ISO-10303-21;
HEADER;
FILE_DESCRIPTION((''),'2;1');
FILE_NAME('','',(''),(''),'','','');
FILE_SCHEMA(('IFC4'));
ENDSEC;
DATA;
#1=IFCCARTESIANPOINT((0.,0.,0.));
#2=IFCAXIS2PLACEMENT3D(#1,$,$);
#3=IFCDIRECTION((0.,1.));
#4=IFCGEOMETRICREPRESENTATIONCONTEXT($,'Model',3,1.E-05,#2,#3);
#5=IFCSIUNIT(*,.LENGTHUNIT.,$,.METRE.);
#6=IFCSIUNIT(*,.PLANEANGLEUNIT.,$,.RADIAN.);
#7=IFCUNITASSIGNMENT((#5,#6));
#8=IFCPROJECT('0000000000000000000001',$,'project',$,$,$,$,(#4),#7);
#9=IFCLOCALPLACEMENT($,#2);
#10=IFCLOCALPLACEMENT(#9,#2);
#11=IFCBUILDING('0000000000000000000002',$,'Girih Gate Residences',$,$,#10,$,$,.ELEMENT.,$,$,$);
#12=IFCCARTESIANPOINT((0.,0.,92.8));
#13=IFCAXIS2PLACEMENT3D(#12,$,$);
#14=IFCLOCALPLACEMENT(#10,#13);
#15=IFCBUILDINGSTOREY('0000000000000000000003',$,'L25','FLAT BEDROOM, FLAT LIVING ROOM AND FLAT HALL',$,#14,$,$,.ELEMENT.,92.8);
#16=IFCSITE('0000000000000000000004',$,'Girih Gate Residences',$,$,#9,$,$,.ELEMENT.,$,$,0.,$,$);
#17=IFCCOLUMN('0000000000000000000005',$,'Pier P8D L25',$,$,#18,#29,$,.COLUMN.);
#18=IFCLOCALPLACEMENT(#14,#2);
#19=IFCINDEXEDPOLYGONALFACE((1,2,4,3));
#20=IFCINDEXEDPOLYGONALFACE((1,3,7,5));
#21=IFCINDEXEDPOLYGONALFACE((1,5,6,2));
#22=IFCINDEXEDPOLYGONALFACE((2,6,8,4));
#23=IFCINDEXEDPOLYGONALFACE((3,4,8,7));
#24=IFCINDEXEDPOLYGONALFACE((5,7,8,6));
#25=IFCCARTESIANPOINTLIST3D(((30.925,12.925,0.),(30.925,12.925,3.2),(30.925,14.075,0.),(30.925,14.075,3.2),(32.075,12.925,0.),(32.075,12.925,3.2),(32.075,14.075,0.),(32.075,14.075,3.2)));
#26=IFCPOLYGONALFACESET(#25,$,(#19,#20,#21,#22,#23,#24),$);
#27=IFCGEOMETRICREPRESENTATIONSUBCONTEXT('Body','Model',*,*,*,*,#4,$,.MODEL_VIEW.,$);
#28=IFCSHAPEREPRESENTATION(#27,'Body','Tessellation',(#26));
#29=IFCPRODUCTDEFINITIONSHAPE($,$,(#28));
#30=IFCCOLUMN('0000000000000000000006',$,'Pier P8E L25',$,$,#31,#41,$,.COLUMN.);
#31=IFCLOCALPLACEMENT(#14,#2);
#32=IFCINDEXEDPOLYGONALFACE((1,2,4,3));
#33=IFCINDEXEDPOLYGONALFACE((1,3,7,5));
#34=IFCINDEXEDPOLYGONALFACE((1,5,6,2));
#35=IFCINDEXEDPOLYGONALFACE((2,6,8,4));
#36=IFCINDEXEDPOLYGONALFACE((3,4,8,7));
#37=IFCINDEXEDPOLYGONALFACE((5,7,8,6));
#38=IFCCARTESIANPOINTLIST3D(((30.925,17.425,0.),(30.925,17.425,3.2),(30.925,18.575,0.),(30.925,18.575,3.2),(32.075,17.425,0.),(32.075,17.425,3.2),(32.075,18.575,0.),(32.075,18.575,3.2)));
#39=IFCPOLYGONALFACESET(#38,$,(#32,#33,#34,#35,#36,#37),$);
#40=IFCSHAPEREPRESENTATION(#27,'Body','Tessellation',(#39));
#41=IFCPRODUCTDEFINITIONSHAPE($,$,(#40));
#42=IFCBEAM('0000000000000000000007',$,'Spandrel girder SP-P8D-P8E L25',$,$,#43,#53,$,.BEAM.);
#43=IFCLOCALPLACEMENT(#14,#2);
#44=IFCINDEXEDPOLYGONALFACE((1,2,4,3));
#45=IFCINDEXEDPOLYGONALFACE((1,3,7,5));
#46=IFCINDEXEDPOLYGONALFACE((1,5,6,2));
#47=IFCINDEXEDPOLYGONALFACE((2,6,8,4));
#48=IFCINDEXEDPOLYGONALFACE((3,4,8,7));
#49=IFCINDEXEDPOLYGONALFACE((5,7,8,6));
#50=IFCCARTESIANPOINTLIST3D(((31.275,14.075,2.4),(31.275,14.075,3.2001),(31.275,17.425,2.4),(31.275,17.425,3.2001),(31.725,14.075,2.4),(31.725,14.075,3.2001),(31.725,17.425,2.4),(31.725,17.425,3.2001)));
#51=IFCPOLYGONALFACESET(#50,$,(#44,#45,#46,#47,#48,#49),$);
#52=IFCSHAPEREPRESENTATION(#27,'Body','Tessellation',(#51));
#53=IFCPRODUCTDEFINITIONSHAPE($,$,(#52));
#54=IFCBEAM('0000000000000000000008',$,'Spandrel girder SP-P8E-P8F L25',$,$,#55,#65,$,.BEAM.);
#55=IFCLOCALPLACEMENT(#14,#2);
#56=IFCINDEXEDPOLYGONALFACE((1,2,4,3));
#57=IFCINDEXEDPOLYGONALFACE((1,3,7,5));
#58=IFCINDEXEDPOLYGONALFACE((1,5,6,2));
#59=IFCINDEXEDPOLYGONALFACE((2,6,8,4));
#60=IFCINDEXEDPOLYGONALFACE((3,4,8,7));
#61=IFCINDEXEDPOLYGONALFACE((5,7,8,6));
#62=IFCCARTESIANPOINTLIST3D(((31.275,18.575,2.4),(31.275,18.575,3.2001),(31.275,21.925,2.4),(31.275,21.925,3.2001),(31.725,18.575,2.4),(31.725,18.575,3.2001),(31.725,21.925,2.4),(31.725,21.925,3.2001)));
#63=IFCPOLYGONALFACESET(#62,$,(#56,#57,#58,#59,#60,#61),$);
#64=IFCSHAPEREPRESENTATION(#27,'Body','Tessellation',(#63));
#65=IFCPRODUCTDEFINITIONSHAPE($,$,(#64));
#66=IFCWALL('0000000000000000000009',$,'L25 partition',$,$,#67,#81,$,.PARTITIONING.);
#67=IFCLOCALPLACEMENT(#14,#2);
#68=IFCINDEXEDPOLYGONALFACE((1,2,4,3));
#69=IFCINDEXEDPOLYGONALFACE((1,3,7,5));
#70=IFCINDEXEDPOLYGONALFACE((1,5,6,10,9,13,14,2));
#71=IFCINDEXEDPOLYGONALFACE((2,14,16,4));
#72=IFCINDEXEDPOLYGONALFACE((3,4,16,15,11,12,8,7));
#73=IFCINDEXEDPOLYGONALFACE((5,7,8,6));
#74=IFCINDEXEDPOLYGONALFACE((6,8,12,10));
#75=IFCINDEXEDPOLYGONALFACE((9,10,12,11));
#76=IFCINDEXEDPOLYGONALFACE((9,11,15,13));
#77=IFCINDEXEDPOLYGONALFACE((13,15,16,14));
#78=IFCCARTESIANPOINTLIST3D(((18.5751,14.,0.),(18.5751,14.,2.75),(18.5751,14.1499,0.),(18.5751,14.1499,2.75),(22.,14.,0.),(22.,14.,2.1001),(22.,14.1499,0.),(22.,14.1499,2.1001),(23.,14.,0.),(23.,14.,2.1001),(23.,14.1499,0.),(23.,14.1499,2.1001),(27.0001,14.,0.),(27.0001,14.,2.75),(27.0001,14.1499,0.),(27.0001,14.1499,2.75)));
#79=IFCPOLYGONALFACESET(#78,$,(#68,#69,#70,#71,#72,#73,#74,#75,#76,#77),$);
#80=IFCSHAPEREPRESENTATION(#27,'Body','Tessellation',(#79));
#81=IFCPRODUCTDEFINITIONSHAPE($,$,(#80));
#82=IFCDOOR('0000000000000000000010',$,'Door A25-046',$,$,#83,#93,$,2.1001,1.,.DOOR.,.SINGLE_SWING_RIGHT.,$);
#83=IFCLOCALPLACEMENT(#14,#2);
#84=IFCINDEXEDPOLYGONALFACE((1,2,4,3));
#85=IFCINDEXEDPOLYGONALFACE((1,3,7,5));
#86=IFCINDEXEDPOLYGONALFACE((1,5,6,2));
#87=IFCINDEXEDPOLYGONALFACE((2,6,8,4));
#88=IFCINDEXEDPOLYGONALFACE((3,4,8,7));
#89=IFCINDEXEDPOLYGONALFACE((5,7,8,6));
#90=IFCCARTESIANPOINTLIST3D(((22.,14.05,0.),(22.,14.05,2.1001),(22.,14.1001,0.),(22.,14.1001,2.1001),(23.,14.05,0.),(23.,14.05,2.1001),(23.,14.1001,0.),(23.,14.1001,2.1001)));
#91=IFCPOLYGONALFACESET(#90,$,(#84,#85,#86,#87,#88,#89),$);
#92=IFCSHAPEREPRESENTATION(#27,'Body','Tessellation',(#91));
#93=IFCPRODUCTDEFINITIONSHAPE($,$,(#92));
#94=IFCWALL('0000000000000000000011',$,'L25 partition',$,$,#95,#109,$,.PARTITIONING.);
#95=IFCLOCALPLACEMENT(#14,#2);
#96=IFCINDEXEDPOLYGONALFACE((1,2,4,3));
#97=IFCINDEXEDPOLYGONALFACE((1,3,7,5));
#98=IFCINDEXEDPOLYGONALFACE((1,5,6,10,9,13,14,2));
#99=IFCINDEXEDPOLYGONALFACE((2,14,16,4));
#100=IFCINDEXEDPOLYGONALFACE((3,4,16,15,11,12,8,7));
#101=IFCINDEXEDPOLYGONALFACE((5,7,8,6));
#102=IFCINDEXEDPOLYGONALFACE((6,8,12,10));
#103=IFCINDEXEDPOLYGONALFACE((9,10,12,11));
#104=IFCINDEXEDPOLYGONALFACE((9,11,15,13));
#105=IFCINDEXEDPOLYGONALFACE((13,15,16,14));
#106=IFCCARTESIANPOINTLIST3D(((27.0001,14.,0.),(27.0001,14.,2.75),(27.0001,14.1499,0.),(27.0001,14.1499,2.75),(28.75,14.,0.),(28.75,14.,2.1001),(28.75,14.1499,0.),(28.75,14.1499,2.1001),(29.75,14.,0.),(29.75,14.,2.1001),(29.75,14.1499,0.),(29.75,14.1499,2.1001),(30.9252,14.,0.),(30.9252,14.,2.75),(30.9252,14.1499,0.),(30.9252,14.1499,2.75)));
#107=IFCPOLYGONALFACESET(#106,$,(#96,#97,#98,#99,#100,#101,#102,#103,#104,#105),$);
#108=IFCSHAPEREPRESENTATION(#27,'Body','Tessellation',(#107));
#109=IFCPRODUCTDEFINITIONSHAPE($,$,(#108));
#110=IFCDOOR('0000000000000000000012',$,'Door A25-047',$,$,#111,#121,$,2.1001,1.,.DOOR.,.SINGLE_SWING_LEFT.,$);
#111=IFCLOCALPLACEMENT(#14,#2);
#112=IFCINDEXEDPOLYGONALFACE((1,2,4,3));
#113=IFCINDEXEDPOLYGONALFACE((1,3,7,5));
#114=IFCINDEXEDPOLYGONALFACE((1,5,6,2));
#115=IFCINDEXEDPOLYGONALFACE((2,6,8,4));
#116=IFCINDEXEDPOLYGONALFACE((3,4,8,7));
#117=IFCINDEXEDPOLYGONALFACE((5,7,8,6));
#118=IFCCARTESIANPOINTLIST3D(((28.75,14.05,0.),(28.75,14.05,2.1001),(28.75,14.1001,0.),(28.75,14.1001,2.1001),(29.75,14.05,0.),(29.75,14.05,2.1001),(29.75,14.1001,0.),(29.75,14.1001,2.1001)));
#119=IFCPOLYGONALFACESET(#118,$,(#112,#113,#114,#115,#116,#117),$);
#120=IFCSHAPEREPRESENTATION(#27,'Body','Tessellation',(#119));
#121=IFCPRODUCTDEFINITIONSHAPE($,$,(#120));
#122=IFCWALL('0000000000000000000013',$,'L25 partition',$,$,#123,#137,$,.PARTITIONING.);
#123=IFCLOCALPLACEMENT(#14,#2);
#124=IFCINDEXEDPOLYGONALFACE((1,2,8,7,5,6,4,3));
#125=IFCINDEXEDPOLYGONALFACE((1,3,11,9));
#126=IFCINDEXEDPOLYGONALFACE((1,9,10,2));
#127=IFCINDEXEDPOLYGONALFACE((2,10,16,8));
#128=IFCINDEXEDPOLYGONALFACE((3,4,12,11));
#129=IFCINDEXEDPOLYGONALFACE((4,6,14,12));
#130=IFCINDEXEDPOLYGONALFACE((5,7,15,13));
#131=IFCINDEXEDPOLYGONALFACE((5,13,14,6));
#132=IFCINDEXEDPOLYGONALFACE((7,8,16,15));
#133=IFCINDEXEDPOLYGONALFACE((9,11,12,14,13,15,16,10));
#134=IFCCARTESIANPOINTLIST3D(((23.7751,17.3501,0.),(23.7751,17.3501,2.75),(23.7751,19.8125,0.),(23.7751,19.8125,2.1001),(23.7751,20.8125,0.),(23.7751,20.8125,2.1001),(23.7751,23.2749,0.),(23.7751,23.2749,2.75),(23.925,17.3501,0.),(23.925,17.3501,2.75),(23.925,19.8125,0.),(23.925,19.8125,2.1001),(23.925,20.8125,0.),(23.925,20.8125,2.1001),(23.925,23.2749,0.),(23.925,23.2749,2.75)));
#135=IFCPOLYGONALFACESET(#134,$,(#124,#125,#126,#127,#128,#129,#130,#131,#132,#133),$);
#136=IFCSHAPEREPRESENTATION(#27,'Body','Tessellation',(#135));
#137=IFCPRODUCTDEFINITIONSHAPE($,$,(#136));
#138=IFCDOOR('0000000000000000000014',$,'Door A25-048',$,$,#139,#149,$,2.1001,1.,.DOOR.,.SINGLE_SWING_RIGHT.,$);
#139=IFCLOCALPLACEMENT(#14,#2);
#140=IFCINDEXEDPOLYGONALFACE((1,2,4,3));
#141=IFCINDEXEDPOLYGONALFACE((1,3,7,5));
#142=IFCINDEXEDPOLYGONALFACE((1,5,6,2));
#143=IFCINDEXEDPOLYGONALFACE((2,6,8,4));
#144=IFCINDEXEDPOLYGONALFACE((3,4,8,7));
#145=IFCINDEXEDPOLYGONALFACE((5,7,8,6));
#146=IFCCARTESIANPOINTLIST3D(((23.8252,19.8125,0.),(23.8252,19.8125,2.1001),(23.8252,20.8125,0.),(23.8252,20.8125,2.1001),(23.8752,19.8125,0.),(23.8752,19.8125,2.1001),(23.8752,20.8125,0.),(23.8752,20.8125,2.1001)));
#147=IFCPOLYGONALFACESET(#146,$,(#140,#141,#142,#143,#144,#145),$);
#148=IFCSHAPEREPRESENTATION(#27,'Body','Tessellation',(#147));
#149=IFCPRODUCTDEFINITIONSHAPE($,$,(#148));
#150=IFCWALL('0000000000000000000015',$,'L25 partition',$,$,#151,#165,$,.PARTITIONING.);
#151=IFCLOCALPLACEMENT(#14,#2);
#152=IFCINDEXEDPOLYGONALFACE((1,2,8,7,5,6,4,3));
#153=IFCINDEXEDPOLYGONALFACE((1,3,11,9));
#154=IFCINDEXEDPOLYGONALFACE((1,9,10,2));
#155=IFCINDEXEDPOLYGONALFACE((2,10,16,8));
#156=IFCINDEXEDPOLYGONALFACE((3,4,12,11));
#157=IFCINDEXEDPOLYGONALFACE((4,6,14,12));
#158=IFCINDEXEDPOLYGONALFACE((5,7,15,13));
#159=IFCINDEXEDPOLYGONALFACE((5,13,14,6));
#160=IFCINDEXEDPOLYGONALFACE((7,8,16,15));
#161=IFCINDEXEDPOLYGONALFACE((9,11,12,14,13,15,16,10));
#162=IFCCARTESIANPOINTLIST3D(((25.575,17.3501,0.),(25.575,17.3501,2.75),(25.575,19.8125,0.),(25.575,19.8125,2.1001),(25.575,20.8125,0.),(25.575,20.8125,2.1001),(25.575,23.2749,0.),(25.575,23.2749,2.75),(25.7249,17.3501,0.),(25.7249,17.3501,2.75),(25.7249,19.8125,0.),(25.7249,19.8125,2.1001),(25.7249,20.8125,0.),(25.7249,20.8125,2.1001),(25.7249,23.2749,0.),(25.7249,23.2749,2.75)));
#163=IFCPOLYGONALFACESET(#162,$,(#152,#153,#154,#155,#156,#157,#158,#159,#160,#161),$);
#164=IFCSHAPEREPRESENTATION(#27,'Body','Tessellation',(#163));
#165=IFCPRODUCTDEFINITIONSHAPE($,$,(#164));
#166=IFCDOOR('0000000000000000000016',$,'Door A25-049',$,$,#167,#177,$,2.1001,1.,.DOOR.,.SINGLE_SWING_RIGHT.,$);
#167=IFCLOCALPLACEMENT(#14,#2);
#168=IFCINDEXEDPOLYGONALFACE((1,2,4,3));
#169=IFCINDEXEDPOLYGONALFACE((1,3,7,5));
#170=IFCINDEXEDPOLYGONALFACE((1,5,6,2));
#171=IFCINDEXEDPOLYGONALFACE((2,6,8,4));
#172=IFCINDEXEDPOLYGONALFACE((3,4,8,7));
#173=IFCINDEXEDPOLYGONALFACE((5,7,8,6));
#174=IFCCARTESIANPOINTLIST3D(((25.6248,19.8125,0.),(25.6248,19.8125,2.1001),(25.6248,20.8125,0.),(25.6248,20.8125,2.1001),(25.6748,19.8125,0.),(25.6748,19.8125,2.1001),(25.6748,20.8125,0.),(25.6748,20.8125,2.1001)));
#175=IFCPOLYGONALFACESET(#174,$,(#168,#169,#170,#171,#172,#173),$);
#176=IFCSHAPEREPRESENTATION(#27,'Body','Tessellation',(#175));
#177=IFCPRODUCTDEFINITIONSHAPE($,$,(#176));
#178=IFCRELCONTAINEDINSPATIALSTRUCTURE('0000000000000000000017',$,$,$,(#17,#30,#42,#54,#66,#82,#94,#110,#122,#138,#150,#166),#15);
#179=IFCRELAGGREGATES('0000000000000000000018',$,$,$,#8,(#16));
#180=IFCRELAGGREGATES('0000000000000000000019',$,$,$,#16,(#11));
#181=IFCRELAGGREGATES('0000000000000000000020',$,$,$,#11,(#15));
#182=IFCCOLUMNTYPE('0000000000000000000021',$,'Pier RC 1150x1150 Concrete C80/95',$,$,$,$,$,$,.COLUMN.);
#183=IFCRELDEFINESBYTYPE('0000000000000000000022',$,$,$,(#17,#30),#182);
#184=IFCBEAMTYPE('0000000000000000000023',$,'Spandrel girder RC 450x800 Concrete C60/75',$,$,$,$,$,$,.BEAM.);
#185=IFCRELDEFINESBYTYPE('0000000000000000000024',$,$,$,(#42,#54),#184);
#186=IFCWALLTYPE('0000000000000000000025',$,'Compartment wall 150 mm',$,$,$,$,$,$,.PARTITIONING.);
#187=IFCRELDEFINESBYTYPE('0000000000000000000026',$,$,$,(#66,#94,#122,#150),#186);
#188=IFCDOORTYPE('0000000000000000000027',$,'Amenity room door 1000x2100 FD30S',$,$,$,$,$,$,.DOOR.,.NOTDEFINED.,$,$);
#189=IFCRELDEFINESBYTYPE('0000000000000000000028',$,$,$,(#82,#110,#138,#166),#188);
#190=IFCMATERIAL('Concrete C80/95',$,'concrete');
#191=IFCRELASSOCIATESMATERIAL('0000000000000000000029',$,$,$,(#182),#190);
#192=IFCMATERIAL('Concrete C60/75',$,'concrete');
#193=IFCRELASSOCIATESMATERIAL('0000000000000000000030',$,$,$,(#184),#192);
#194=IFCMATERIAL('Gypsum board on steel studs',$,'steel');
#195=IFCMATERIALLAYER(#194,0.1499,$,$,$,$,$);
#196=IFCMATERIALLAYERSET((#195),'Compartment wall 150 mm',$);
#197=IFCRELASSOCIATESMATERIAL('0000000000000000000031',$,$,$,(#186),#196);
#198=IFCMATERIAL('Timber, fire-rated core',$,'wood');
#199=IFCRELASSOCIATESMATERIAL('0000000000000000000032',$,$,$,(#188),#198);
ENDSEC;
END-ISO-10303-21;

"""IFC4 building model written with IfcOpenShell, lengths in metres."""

from ifc_helpers import new_model, si_unit, direction, frame, frame_2d, origin, origin_2d, place, context, subcontext, project, spatial, rectangle, extrude, material, layer, layer_set, material_profile, profile_set, type_object, element, fill, save


model = new_model("IFC4")

# Units and contexts
model_context = context("Model", 3, precision=1e-05, world=origin(), true_north=direction((0.0, 1.0)))
body_context = subcontext(model_context, "Body", "Model", "MODEL_VIEW")
ifc_project = project(units=[si_unit("LENGTHUNIT", "METRE"), si_unit("PLANEANGLEUNIT", "RADIAN")], contexts=[model_context])

# Site, building, storey
site_placement = place(None, origin())
site = spatial("IfcSite", under=ifc_project, at=site_placement, Name="Girih Gate Residences", CompositionType="ELEMENT", RefElevation=0.0)
building_placement = place(site_placement, origin())
building = spatial("IfcBuilding", under=site, at=building_placement, Name="Girih Gate Residences", CompositionType="ELEMENT")
storey_placement = place(building_placement, frame((0.0, 0.0, 92.8)))
storey = spatial("IfcBuildingStorey", under=building, at=storey_placement, Name="L25", Description="FLAT BEDROOM, FLAT LIVING ROOM AND FLAT HALL", CompositionType="ELEMENT", Elevation=92.8)

# Columns
ifc_material_1 = material(Name="Concrete C80/95", Category="concrete")
ifc_material_profile_1 = material_profile(ifc_material_1, rectangle(XDim=1.1499, YDim=1.1499, at=origin_2d()))
ifc_profile_set_1 = profile_set([ifc_material_profile_1], Name="Concrete C80/95")
column_type = type_object("IfcColumnType", Name="Pier RC 1150x1150 Concrete C80/95", PredefinedType="COLUMN", material=ifc_profile_set_1)
for number, where, z_axis, x_axis, name in (
    (1, (31.5, 13.5, 0.0), (0.0, 0.0, 1.0), (1.0, 0.0, 0.0), "Pier P8D L25"),
    (2, (31.5, 18.0, 0.0), (0.0, 0.0, 1.0), (1.0, 0.0, 0.0), "Pier P8E L25"),
):
    element("IfcColumn", number, at=place(storey_placement, frame(where, z_axis=z_axis, x_axis=x_axis)), inside=storey, type_object=column_type, Name=name, PredefinedType="COLUMN", context=body_context, shape_type="SweptSolid", body=[
        extrude(rectangle(XDim=1.1499, YDim=1.1499, at=origin_2d()), origin(), (0.0, 0.0, 1.0), 3.2),
    ])

# Beams
ifc_material_2 = material(Name="Concrete C60/75", Category="concrete")
ifc_material_profile_2 = material_profile(ifc_material_2, rectangle(XDim=0.45, YDim=0.8, at=origin_2d()))
ifc_profile_set_2 = profile_set([ifc_material_profile_2], Name="Concrete C60/75")
beam_type = type_object("IfcBeamType", Name="Spandrel girder RC 450x800 Concrete C60/75", PredefinedType="BEAM", material=ifc_profile_set_2)
for number, where, z_axis, x_axis, name in (
    (3, (31.5, 14.075, 2.8), (0.0, 1.0, 0.0), (-1.0, 0.0, 0.0), "Spandrel girder SP-P8D-P8E L25"),
    (4, (31.5, 18.575, 2.8), (0.0, 1.0, 0.0), (-1.0, 0.0, 0.0), "Spandrel girder SP-P8E-P8F L25"),
):
    element("IfcBeam", number, at=place(storey_placement, frame(where, z_axis=z_axis, x_axis=x_axis)), inside=storey, type_object=beam_type, Name=name, PredefinedType="BEAM", context=body_context, shape_type="SweptSolid", body=[
        extrude(rectangle(XDim=0.45, YDim=0.8, at=origin_2d()), origin(), (0.0, 0.0, 1.0), 3.3501),
    ])

# Walls, openings, doors
ifc_material_3 = material(Name="Gypsum board on steel studs", Category="steel")
ifc_layer_1 = layer(ifc_material_3, 0.1499)
ifc_layer_set_1 = layer_set([ifc_layer_1], Name="Compartment wall 150 mm")
wall_type_1 = type_object("IfcWallType", Name="Compartment wall 150 mm", PredefinedType="PARTITIONING", material=ifc_layer_set_1)
wall_1_placement = place(storey_placement, frame((27.0, 14.075, 0.0), z_axis=(0.0, 0.0, 1.0), x_axis=(-1.0, 0.0, 0.0)))
wall_1 = element("IfcWall", 5, at=wall_1_placement, inside=storey, type_object=wall_type_1, Name="L25 partition", PredefinedType="PARTITIONING", context=body_context, shape_type="SweptSolid", body=[
    extrude(rectangle(XDim=8.425, YDim=0.1499, at=frame_2d((4.2124, 0.0))), origin(), (0.0, 0.0, 1.0), 2.75),
])
opening_1_placement = place(wall_1_placement, frame((4.0, 0.0, 0.0)))
opening_1 = element("IfcOpeningElement", 6, at=opening_1_placement, cuts=wall_1, PredefinedType="OPENING", context=body_context, shape_type="SweptSolid", body=[
    extrude(rectangle(XDim=1.0, YDim=2.1001, at=frame_2d((0.5, 1.05))), frame((0.0, 0.085, 0.0), z_axis=(0.0, -1.0, 0.0), x_axis=(1.0, 0.0, 0.0)), (0.0, 0.0, 1.0), 0.1699),
])
ifc_material_4 = material(Name="Timber, fire-rated core", Category="wood")
door_type = type_object("IfcDoorType", Name="Amenity room door 1000x2100 FD30S", OperationType="NOTDEFINED", PredefinedType="DOOR", material=ifc_material_4)
door_1_placement = place(opening_1_placement, origin())
door_1 = element("IfcDoor", 7, at=door_1_placement, inside=storey, type_object=door_type, Name="Door A25-046", OperationType="SINGLE_SWING_RIGHT", OverallHeight=2.1001, OverallWidth=1.0, PredefinedType="DOOR", context=body_context, shape_type="SweptSolid", body=[
    extrude(rectangle(XDim=1.0, YDim=2.1001, at=frame_2d((0.5, 1.05))), frame((0.0, 0.0249, 0.0), z_axis=(0.0, -1.0, 0.0), x_axis=(1.0, 0.0, 0.0)), (0.0, 0.0, 1.0), 0.05),
])
fill(opening_1, door_1)
wall_2_placement = place(storey_placement, frame((30.925, 14.075, 0.0), z_axis=(0.0, 0.0, 1.0), x_axis=(-1.0, 0.0, 0.0)))
wall_2 = element("IfcWall", 8, at=wall_2_placement, inside=storey, type_object=wall_type_1, Name="L25 partition", PredefinedType="PARTITIONING", context=body_context, shape_type="SweptSolid", body=[
    extrude(rectangle(XDim=3.925, YDim=0.1499, at=frame_2d((1.9624, 0.0))), origin(), (0.0, 0.0, 1.0), 2.75),
])
opening_2_placement = place(wall_2_placement, frame((1.175, 0.0, 0.0)))
opening_2 = element("IfcOpeningElement", 9, at=opening_2_placement, cuts=wall_2, PredefinedType="OPENING", context=body_context, shape_type="SweptSolid", body=[
    extrude(rectangle(XDim=1.0, YDim=2.1001, at=frame_2d((0.5, 1.05))), frame((0.0, 0.085, 0.0), z_axis=(0.0, -1.0, 0.0), x_axis=(1.0, 0.0, 0.0)), (0.0, 0.0, 1.0), 0.1699),
])
door_2_placement = place(opening_2_placement, origin())
door_2 = element("IfcDoor", 10, at=door_2_placement, inside=storey, type_object=door_type, Name="Door A25-047", OperationType="SINGLE_SWING_LEFT", OverallHeight=2.1001, OverallWidth=1.0, PredefinedType="DOOR", context=body_context, shape_type="SweptSolid", body=[
    extrude(rectangle(XDim=1.0, YDim=2.1001, at=frame_2d((0.5, 1.05))), frame((0.0, 0.0249, 0.0), z_axis=(0.0, -1.0, 0.0), x_axis=(1.0, 0.0, 0.0)), (0.0, 0.0, 1.0), 0.05),
])
fill(opening_2, door_2)
wall_3_placement = place(storey_placement, frame((23.8501, 17.3501, 0.0), z_axis=(0.0, 0.0, 1.0), x_axis=(0.0, 1.0, 0.0)))
wall_3 = element("IfcWall", 11, at=wall_3_placement, inside=storey, type_object=wall_type_1, Name="L25 partition", PredefinedType="PARTITIONING", context=body_context, shape_type="SweptSolid", body=[
    extrude(rectangle(XDim=5.9248, YDim=0.1499, at=frame_2d((2.9624, 0.0))), origin(), (0.0, 0.0, 1.0), 2.75),
])
opening_3_placement = place(wall_3_placement, frame((2.4624, 0.0, 0.0)))
opening_3 = element("IfcOpeningElement", 12, at=opening_3_placement, cuts=wall_3, PredefinedType="OPENING", context=body_context, shape_type="SweptSolid", body=[
    extrude(rectangle(XDim=1.0, YDim=2.1001, at=frame_2d((0.5, 1.05))), frame((0.0, 0.085, 0.0), z_axis=(0.0, -1.0, 0.0), x_axis=(1.0, 0.0, 0.0)), (0.0, 0.0, 1.0), 0.1699),
])
door_3_placement = place(opening_3_placement, origin())
door_3 = element("IfcDoor", 13, at=door_3_placement, inside=storey, type_object=door_type, Name="Door A25-048", OperationType="SINGLE_SWING_RIGHT", OverallHeight=2.1001, OverallWidth=1.0, PredefinedType="DOOR", context=body_context, shape_type="SweptSolid", body=[
    extrude(rectangle(XDim=1.0, YDim=2.1001, at=frame_2d((0.5, 1.05))), frame((0.0, 0.0249, 0.0), z_axis=(0.0, -1.0, 0.0), x_axis=(1.0, 0.0, 0.0)), (0.0, 0.0, 1.0), 0.05),
])
fill(opening_3, door_3)
wall_4_placement = place(storey_placement, frame((25.6499, 23.2749, 0.0), z_axis=(0.0, 0.0, 1.0), x_axis=(0.0, -1.0, 0.0)))
wall_4 = element("IfcWall", 14, at=wall_4_placement, inside=storey, type_object=wall_type_1, Name="L25 partition", PredefinedType="PARTITIONING", context=body_context, shape_type="SweptSolid", body=[
    extrude(rectangle(XDim=5.9248, YDim=0.1499, at=frame_2d((2.9624, 0.0))), origin(), (0.0, 0.0, 1.0), 2.75),
])
opening_4_placement = place(wall_4_placement, frame((2.4624, 0.0, 0.0)))
opening_4 = element("IfcOpeningElement", 15, at=opening_4_placement, cuts=wall_4, PredefinedType="OPENING", context=body_context, shape_type="SweptSolid", body=[
    extrude(rectangle(XDim=1.0, YDim=2.1001, at=frame_2d((0.5, 1.05))), frame((0.0, 0.085, 0.0), z_axis=(0.0, -1.0, 0.0), x_axis=(1.0, 0.0, 0.0)), (0.0, 0.0, 1.0), 0.1699),
])
door_4_placement = place(opening_4_placement, origin())
door_4 = element("IfcDoor", 16, at=door_4_placement, inside=storey, type_object=door_type, Name="Door A25-049", OperationType="SINGLE_SWING_RIGHT", OverallHeight=2.1001, OverallWidth=1.0, PredefinedType="DOOR", context=body_context, shape_type="SweptSolid", body=[
    extrude(rectangle(XDim=1.0, YDim=2.1001, at=frame_2d((0.5, 1.05))), frame((0.0, 0.0249, 0.0), z_axis=(0.0, -1.0, 0.0), x_axis=(1.0, 0.0, 0.0)), (0.0, 0.0, 1.0), 0.05),
])
fill(opening_4, door_4)

save(model, "model.ifc")
